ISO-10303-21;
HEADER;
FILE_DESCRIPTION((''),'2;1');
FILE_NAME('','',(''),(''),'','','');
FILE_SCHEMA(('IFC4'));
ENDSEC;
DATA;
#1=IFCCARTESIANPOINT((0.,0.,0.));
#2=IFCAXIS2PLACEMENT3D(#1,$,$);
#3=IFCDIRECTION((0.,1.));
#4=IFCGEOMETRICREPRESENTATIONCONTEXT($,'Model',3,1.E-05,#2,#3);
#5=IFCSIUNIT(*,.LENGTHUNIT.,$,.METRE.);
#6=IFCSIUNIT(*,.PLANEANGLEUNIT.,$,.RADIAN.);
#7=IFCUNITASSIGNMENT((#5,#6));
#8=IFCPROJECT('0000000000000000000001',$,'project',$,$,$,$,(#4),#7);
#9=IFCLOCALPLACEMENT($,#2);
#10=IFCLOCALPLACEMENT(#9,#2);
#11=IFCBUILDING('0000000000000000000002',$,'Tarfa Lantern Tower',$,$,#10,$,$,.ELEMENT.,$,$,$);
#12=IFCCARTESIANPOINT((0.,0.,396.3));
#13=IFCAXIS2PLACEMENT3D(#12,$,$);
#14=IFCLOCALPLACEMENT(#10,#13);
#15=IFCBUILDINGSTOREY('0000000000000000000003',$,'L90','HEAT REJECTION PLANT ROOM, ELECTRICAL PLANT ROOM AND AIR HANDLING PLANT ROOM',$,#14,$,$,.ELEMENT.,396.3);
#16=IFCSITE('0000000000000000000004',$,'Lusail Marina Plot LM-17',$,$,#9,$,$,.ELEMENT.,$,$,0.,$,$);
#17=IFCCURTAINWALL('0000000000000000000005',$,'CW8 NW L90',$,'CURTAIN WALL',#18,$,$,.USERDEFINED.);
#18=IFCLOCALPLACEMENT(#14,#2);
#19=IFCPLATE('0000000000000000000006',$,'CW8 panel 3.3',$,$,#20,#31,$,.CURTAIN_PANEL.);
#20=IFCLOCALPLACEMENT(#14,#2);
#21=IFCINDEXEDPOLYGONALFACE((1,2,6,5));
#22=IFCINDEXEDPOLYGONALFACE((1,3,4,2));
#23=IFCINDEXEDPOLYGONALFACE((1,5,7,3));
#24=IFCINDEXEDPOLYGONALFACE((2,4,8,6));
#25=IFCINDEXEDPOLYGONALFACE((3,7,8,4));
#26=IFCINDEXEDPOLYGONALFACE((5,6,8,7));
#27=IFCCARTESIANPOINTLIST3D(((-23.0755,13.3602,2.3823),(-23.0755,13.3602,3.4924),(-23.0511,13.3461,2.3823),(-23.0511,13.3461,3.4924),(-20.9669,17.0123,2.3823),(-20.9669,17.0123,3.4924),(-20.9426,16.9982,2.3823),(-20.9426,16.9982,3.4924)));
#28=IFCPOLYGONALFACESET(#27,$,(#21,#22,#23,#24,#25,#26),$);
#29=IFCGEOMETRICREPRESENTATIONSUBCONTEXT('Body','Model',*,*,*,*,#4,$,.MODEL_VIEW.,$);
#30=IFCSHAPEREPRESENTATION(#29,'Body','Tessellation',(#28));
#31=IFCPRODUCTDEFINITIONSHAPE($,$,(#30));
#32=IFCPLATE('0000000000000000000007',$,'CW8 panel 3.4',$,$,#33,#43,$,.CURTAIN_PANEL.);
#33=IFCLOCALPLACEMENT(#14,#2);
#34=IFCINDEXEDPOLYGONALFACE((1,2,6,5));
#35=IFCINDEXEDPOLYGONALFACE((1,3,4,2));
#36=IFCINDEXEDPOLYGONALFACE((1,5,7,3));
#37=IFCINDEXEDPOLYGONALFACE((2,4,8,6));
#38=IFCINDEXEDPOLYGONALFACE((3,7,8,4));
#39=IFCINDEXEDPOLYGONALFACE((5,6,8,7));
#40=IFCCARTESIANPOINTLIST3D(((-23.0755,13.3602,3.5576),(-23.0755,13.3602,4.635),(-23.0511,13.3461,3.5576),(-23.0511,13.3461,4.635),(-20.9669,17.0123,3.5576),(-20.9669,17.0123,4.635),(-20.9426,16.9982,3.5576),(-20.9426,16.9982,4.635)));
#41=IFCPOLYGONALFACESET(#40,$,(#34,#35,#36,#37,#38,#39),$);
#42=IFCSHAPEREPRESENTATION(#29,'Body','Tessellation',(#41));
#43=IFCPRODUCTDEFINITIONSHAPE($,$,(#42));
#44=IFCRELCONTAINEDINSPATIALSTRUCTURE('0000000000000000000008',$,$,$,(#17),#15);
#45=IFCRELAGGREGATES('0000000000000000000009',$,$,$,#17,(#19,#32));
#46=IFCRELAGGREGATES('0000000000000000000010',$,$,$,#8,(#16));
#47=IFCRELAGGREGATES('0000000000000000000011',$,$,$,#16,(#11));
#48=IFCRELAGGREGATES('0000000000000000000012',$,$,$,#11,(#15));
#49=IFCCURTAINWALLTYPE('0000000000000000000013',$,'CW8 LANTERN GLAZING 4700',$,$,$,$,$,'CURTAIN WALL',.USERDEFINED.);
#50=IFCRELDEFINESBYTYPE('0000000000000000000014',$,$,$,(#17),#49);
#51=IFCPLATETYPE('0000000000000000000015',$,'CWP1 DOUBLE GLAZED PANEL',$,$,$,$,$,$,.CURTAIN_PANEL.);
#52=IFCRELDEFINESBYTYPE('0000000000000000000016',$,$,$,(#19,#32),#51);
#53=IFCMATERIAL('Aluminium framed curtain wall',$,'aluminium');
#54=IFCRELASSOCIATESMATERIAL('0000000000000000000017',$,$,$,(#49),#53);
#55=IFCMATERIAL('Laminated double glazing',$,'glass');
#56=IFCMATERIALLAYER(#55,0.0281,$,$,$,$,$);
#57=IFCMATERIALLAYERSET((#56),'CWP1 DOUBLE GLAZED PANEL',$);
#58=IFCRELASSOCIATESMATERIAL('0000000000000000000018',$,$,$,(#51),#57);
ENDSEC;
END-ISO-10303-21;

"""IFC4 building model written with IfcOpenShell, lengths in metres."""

from ifc_helpers import new_model, si_unit, direction, frame, origin, origin_2d, place, context, subcontext, project, spatial, rectangle, extrude, material, layer, layer_set, type_object, element, aggregate, save


model = new_model("IFC4")

# Units and contexts
model_context = context("Model", 3, precision=1e-05, world=origin(), true_north=direction((0.0, 1.0)))
body_context = subcontext(model_context, "Body", "Model", "MODEL_VIEW")
ifc_project = project(units=[si_unit("LENGTHUNIT", "METRE"), si_unit("PLANEANGLEUNIT", "RADIAN")], contexts=[model_context])

# Site, building, storey
site_placement = place(None, origin())
site = spatial("IfcSite", under=ifc_project, at=site_placement, Name="Lusail Marina Plot LM-17", CompositionType="ELEMENT", RefElevation=0.0)
building_placement = place(site_placement, origin())
building = spatial("IfcBuilding", under=site, at=building_placement, Name="Tarfa Lantern Tower", CompositionType="ELEMENT")
storey_placement = place(building_placement, frame((0.0, 0.0, 396.3)))
storey = spatial("IfcBuildingStorey", under=building, at=storey_placement, Name="L90", Description="HEAT REJECTION PLANT ROOM, ELECTRICAL PLANT ROOM AND AIR HANDLING PLANT ROOM", CompositionType="ELEMENT", Elevation=396.3)

# Shared definitions
ifc_material_1 = material(Name="Aluminium framed curtain wall", Category="aluminium")
curtain_wall_type = type_object("IfcCurtainWallType", Name="CW8 LANTERN GLAZING 4700", ElementType="CURTAIN WALL", PredefinedType="USERDEFINED", material=ifc_material_1)

# Curtain wall
curtain_wall_1_placement = place(storey_placement, origin())
curtain_wall_1 = element("IfcCurtainWall", 1, at=curtain_wall_1_placement, inside=storey, type_object=curtain_wall_type, Name="CW8 NW L90", ObjectType="CURTAIN WALL", PredefinedType="USERDEFINED")

# Plates
ifc_material_2 = material(Name="Laminated double glazing", Category="glass")
ifc_layer = layer(ifc_material_2, 0.0281)
ifc_layer_set = layer_set([ifc_layer], Name="CWP1 DOUBLE GLAZED PANEL")
plate_type = type_object("IfcPlateType", Name="CWP1 DOUBLE GLAZED PANEL", PredefinedType="CURTAIN_PANEL", material=ifc_layer_set)
plate_1_placement = place(storey_placement, frame((-22.009, 15.1792, 2.3823), z_axis=(0.0, 0.0, 1.0), x_axis=(-0.5, -0.866025, 0.0)))
plate_1 = element("IfcPlate", 2, at=plate_1_placement, type_object=plate_type, Name="CW8 panel 3.3", PredefinedType="CURTAIN_PANEL", context=body_context, shape_type="SweptSolid", body=[
    extrude(rectangle(XDim=4.217, YDim=0.0281, at=origin_2d()), origin(), (0.0, 0.0, 1.0), 1.1101),
])
plate_2_placement = place(storey_placement, frame((-22.009, 15.1792, 3.5576), z_axis=(0.0, 0.0, 1.0), x_axis=(-0.5, -0.866025, 0.0)))
plate_2 = element("IfcPlate", 3, at=plate_2_placement, type_object=plate_type, Name="CW8 panel 3.4", PredefinedType="CURTAIN_PANEL", context=body_context, shape_type="SweptSolid", body=[
    extrude(rectangle(XDim=4.217, YDim=0.0281, at=origin_2d()), origin(), (0.0, 0.0, 1.0), 1.0774),
])
aggregate(curtain_wall_1, [plate_1, plate_2])

save(model, "model.ifc")
